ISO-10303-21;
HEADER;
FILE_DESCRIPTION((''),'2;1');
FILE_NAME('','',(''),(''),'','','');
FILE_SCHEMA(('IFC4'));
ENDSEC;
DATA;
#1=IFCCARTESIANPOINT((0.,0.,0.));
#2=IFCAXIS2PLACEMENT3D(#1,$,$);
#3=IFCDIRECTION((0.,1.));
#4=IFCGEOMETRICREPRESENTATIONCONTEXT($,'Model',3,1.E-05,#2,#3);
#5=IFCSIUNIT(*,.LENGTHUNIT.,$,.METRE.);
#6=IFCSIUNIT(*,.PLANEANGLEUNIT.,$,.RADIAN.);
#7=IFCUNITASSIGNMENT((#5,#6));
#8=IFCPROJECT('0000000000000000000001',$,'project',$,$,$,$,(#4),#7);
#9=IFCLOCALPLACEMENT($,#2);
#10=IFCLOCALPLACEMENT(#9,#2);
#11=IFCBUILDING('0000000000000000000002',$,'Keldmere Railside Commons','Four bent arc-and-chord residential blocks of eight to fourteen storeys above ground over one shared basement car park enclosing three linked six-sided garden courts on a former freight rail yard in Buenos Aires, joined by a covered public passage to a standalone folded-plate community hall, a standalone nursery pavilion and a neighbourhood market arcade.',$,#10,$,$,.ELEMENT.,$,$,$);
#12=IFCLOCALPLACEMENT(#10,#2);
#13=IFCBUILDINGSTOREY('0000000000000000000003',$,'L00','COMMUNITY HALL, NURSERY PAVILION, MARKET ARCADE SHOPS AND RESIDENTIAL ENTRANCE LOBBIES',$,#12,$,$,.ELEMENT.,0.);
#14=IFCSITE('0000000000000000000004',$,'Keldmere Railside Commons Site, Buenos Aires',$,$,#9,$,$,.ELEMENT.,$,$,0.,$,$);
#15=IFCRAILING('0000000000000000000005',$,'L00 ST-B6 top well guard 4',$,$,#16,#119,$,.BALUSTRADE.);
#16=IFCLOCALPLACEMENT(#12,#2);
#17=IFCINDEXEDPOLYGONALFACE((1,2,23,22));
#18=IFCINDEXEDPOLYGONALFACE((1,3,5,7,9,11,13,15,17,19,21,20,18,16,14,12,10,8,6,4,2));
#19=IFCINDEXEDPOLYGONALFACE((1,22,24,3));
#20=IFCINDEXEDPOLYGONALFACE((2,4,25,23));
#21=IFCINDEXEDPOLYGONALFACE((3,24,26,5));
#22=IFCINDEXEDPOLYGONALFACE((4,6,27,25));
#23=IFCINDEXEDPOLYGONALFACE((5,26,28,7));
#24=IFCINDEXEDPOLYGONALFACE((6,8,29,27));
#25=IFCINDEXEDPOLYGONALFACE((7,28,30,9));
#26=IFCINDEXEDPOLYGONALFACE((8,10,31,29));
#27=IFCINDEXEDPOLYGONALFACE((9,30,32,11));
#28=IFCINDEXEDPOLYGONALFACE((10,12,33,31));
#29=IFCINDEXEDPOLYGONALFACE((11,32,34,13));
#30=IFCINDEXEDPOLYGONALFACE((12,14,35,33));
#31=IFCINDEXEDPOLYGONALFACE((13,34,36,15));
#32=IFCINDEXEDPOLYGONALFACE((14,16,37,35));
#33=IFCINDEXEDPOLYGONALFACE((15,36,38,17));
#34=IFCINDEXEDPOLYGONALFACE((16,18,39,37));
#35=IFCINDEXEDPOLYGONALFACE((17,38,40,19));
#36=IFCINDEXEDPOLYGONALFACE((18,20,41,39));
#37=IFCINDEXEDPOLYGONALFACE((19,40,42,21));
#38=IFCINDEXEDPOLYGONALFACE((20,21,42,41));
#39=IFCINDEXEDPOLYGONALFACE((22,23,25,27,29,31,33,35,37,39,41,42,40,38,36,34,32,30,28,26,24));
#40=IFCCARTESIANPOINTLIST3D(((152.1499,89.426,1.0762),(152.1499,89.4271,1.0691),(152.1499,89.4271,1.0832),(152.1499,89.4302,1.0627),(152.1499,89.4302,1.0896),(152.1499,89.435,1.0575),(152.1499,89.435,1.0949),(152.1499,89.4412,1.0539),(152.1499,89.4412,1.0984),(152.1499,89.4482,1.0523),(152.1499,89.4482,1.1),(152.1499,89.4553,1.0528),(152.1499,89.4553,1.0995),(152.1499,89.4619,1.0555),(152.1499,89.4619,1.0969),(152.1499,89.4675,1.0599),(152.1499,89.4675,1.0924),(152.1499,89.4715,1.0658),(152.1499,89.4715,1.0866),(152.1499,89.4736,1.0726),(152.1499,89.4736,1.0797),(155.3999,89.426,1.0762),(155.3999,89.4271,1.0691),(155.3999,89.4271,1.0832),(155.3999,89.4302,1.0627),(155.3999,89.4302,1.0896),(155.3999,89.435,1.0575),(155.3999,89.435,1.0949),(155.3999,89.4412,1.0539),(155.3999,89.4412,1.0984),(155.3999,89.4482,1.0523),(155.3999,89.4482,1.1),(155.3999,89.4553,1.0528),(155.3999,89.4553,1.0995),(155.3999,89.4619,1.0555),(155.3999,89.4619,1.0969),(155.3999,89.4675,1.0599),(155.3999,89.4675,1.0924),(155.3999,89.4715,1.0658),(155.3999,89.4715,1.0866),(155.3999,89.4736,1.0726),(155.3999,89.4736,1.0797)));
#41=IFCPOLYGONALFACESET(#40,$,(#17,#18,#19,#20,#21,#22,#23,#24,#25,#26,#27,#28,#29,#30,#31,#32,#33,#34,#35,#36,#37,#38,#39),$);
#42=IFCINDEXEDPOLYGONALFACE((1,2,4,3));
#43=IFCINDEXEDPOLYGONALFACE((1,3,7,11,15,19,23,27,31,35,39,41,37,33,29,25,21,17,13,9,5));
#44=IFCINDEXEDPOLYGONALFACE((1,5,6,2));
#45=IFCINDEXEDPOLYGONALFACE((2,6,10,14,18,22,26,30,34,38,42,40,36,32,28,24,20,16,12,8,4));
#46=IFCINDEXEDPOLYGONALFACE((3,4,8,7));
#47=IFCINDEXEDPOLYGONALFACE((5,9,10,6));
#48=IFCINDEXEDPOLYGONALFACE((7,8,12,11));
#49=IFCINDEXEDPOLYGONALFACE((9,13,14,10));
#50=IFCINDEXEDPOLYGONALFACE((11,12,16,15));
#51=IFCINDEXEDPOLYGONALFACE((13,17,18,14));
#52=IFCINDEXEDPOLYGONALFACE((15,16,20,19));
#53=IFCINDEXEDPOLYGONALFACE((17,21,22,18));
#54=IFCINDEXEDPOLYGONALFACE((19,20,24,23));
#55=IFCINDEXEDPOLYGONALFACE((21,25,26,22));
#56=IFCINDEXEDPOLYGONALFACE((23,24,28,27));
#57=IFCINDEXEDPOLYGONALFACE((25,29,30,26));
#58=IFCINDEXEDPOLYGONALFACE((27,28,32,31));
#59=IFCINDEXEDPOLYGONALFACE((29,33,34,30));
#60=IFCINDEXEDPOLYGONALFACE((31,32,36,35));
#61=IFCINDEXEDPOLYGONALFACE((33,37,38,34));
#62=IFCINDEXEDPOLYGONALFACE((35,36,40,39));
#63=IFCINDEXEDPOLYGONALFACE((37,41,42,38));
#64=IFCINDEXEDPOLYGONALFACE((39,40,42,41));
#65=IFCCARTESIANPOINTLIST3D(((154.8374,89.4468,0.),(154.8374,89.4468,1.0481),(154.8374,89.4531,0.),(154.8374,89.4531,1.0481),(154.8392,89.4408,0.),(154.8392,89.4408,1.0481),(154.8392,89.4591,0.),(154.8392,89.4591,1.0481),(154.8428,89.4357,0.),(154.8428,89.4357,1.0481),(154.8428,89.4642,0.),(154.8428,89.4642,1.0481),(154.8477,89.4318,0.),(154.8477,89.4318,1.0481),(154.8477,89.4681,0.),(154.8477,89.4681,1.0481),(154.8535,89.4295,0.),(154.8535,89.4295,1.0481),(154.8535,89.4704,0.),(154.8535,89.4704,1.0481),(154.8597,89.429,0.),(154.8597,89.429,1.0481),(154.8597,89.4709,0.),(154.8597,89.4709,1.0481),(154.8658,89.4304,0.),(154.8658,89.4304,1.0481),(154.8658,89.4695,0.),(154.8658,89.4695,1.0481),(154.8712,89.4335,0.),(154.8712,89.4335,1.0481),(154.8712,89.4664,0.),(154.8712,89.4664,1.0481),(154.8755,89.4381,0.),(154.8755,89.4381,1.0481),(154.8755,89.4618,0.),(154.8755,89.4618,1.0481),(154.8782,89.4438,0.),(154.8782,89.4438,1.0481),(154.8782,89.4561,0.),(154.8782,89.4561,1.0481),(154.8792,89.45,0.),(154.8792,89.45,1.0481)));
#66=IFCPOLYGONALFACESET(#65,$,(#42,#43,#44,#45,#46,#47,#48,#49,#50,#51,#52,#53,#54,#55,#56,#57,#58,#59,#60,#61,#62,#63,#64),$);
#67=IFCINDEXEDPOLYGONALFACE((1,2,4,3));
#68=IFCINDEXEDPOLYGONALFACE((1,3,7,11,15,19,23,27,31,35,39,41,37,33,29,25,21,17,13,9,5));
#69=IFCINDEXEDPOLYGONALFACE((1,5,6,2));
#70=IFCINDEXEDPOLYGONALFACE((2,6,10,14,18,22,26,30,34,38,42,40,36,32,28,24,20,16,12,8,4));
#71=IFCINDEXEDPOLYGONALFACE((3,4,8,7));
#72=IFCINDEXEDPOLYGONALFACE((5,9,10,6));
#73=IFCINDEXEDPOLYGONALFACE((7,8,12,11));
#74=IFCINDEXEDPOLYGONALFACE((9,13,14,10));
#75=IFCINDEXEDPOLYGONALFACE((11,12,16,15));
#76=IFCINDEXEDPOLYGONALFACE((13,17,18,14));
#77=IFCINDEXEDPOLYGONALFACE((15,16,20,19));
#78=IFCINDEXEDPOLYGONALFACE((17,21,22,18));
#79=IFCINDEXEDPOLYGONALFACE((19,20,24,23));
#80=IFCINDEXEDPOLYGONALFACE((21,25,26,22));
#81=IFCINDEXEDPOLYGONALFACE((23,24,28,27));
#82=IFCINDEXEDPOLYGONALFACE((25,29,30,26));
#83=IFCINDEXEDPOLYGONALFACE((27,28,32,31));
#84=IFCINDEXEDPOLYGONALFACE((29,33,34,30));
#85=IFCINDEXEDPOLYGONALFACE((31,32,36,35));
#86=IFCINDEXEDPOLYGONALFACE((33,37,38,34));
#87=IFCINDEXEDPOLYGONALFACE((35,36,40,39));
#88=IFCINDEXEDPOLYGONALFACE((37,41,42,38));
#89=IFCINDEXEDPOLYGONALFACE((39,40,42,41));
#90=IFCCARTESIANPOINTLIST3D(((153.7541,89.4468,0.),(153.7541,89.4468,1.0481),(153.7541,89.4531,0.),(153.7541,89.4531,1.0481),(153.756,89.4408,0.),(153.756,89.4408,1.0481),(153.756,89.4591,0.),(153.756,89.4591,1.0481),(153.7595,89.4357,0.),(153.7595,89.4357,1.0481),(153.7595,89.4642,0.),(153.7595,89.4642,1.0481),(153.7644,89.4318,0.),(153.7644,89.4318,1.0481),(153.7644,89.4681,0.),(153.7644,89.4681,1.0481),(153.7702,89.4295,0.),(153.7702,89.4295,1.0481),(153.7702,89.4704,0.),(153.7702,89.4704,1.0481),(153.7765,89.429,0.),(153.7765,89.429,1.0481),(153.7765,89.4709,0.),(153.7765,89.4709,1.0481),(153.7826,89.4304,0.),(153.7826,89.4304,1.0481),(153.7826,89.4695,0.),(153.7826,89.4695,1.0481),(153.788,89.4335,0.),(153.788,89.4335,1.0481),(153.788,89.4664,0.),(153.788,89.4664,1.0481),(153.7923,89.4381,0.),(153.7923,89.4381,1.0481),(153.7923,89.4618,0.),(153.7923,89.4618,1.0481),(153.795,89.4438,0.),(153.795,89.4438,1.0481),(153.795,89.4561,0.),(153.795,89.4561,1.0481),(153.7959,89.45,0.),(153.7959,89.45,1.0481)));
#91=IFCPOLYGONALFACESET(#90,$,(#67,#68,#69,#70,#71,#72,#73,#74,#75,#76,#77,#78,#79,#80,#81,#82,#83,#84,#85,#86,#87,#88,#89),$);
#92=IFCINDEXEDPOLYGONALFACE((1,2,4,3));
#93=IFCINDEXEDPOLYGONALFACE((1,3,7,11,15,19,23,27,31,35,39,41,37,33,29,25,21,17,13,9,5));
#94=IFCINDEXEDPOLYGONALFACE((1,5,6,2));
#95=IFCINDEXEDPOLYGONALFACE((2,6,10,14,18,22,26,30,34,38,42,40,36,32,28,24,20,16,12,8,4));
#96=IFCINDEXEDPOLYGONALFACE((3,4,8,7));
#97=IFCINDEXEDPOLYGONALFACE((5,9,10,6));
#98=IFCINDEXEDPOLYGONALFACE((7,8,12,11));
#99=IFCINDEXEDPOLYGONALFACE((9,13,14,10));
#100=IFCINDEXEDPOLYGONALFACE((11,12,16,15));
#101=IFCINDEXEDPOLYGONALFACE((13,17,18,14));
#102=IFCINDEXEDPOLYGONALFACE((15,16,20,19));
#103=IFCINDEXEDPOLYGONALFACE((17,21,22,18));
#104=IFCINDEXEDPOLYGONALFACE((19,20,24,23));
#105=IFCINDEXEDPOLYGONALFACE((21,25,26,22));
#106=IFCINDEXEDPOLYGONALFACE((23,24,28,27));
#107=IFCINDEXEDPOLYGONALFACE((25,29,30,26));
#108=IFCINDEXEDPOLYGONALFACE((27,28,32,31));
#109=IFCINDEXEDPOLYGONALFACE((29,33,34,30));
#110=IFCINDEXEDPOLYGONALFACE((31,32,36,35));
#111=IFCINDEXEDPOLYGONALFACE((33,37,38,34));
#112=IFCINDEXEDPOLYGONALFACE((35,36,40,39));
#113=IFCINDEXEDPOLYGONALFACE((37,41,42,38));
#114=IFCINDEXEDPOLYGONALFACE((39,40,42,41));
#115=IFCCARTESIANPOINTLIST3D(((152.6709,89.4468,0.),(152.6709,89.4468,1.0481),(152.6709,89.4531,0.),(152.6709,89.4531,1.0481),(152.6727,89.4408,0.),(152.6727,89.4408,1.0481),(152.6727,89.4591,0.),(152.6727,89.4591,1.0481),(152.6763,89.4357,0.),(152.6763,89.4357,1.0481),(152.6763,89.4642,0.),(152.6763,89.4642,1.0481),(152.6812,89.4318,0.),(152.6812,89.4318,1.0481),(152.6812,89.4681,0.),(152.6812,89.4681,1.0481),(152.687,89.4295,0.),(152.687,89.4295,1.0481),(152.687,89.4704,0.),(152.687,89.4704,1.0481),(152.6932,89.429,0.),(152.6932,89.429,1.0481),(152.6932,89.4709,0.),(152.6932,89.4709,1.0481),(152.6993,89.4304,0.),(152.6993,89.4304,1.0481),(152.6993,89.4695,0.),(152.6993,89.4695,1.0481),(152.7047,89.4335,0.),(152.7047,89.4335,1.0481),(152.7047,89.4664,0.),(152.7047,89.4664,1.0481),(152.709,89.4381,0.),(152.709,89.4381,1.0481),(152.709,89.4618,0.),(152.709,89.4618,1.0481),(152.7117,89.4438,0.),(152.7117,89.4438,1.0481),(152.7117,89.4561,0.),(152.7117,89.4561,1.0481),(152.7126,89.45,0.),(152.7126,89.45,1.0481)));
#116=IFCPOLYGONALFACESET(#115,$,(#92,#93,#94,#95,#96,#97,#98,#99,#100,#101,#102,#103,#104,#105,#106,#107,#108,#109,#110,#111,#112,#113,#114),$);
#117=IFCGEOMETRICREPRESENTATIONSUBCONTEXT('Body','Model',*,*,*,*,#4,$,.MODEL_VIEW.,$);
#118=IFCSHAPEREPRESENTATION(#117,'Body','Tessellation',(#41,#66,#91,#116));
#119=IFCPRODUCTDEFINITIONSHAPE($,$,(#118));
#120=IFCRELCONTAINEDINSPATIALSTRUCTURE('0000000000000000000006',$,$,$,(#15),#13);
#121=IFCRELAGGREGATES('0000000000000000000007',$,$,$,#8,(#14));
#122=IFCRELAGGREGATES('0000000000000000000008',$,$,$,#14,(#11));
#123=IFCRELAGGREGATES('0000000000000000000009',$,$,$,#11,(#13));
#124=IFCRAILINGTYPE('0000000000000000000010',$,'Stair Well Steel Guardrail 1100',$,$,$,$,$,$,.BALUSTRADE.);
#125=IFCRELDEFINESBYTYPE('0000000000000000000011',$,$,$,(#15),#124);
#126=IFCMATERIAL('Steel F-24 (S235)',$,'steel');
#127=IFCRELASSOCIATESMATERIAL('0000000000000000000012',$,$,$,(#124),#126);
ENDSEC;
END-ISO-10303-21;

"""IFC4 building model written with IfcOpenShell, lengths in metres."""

from ifc_helpers import new_model, si_unit, direction, frame, origin, origin_2d, place, context, subcontext, project, spatial, circle, extrude, material, type_object, element, save


model = new_model("IFC4")

# Units and contexts
model_context = context("Model", 3, precision=1e-05, world=origin(), true_north=direction((0.0, 1.0)))
body_context = subcontext(model_context, "Body", "Model", "MODEL_VIEW")
ifc_project = project(units=[si_unit("LENGTHUNIT", "METRE"), si_unit("PLANEANGLEUNIT", "RADIAN")], contexts=[model_context])

# Site, building, storey
site_placement = place(None, origin())
site = spatial("IfcSite", under=ifc_project, at=site_placement, Name="Keldmere Railside Commons Site, Buenos Aires", CompositionType="ELEMENT", RefElevation=0.0)
building_placement = place(site_placement, origin())
building = spatial("IfcBuilding", under=site, at=building_placement, Name="Keldmere Railside Commons", Description="Four bent arc-and-chord residential blocks of eight to fourteen storeys above ground over one shared basement car park enclosing three linked six-sided garden courts on a former freight rail yard in Buenos Aires, joined by a covered public passage to a standalone folded-plate community hall, a standalone nursery pavilion and a neighbourhood market arcade.", CompositionType="ELEMENT")
storey_placement = place(building_placement, origin())
storey = spatial("IfcBuildingStorey", under=building, at=storey_placement, Name="L00", Description="COMMUNITY HALL, NURSERY PAVILION, MARKET ARCADE SHOPS AND RESIDENTIAL ENTRANCE LOBBIES", CompositionType="ELEMENT", Elevation=0.0)

# Shared definitions
ifc_material_1 = material(Name="Steel F-24 (S235)", Category="steel")

# Railing
railing_type = type_object("IfcRailingType", Name="Stair Well Steel Guardrail 1100", PredefinedType="BALUSTRADE", material=ifc_material_1)
railing_1_placement = place(storey_placement, frame((155.3999, 89.45, 0.0)))
element("IfcRailing", 1, at=railing_1_placement, inside=storey, type_object=railing_type, Name="L00 ST-B6 top well guard 4", PredefinedType="BALUSTRADE", context=body_context, shape_type="SweptSolid", body=[
    extrude(circle(Radius=0.0239, at=origin_2d()), frame((0.0, 0.0, 1.0762), z_axis=(-1.0, 0.0, 0.0), x_axis=(0.0, -1.0, 0.0)), (0.0, 0.0, 1.0), 3.25),
    extrude(circle(Radius=0.021, at=origin_2d()), frame((-0.5417, 0.0, 0.0)), (0.0, 0.0, 1.0), 1.0481),
    extrude(circle(Radius=0.021, at=origin_2d()), frame((-1.625, 0.0, 0.0)), (0.0, 0.0, 1.0), 1.0481),
    extrude(circle(Radius=0.021, at=origin_2d()), frame((-2.7083, 0.0, 0.0)), (0.0, 0.0, 1.0), 1.0481),
])

save(model, "model.ifc")
